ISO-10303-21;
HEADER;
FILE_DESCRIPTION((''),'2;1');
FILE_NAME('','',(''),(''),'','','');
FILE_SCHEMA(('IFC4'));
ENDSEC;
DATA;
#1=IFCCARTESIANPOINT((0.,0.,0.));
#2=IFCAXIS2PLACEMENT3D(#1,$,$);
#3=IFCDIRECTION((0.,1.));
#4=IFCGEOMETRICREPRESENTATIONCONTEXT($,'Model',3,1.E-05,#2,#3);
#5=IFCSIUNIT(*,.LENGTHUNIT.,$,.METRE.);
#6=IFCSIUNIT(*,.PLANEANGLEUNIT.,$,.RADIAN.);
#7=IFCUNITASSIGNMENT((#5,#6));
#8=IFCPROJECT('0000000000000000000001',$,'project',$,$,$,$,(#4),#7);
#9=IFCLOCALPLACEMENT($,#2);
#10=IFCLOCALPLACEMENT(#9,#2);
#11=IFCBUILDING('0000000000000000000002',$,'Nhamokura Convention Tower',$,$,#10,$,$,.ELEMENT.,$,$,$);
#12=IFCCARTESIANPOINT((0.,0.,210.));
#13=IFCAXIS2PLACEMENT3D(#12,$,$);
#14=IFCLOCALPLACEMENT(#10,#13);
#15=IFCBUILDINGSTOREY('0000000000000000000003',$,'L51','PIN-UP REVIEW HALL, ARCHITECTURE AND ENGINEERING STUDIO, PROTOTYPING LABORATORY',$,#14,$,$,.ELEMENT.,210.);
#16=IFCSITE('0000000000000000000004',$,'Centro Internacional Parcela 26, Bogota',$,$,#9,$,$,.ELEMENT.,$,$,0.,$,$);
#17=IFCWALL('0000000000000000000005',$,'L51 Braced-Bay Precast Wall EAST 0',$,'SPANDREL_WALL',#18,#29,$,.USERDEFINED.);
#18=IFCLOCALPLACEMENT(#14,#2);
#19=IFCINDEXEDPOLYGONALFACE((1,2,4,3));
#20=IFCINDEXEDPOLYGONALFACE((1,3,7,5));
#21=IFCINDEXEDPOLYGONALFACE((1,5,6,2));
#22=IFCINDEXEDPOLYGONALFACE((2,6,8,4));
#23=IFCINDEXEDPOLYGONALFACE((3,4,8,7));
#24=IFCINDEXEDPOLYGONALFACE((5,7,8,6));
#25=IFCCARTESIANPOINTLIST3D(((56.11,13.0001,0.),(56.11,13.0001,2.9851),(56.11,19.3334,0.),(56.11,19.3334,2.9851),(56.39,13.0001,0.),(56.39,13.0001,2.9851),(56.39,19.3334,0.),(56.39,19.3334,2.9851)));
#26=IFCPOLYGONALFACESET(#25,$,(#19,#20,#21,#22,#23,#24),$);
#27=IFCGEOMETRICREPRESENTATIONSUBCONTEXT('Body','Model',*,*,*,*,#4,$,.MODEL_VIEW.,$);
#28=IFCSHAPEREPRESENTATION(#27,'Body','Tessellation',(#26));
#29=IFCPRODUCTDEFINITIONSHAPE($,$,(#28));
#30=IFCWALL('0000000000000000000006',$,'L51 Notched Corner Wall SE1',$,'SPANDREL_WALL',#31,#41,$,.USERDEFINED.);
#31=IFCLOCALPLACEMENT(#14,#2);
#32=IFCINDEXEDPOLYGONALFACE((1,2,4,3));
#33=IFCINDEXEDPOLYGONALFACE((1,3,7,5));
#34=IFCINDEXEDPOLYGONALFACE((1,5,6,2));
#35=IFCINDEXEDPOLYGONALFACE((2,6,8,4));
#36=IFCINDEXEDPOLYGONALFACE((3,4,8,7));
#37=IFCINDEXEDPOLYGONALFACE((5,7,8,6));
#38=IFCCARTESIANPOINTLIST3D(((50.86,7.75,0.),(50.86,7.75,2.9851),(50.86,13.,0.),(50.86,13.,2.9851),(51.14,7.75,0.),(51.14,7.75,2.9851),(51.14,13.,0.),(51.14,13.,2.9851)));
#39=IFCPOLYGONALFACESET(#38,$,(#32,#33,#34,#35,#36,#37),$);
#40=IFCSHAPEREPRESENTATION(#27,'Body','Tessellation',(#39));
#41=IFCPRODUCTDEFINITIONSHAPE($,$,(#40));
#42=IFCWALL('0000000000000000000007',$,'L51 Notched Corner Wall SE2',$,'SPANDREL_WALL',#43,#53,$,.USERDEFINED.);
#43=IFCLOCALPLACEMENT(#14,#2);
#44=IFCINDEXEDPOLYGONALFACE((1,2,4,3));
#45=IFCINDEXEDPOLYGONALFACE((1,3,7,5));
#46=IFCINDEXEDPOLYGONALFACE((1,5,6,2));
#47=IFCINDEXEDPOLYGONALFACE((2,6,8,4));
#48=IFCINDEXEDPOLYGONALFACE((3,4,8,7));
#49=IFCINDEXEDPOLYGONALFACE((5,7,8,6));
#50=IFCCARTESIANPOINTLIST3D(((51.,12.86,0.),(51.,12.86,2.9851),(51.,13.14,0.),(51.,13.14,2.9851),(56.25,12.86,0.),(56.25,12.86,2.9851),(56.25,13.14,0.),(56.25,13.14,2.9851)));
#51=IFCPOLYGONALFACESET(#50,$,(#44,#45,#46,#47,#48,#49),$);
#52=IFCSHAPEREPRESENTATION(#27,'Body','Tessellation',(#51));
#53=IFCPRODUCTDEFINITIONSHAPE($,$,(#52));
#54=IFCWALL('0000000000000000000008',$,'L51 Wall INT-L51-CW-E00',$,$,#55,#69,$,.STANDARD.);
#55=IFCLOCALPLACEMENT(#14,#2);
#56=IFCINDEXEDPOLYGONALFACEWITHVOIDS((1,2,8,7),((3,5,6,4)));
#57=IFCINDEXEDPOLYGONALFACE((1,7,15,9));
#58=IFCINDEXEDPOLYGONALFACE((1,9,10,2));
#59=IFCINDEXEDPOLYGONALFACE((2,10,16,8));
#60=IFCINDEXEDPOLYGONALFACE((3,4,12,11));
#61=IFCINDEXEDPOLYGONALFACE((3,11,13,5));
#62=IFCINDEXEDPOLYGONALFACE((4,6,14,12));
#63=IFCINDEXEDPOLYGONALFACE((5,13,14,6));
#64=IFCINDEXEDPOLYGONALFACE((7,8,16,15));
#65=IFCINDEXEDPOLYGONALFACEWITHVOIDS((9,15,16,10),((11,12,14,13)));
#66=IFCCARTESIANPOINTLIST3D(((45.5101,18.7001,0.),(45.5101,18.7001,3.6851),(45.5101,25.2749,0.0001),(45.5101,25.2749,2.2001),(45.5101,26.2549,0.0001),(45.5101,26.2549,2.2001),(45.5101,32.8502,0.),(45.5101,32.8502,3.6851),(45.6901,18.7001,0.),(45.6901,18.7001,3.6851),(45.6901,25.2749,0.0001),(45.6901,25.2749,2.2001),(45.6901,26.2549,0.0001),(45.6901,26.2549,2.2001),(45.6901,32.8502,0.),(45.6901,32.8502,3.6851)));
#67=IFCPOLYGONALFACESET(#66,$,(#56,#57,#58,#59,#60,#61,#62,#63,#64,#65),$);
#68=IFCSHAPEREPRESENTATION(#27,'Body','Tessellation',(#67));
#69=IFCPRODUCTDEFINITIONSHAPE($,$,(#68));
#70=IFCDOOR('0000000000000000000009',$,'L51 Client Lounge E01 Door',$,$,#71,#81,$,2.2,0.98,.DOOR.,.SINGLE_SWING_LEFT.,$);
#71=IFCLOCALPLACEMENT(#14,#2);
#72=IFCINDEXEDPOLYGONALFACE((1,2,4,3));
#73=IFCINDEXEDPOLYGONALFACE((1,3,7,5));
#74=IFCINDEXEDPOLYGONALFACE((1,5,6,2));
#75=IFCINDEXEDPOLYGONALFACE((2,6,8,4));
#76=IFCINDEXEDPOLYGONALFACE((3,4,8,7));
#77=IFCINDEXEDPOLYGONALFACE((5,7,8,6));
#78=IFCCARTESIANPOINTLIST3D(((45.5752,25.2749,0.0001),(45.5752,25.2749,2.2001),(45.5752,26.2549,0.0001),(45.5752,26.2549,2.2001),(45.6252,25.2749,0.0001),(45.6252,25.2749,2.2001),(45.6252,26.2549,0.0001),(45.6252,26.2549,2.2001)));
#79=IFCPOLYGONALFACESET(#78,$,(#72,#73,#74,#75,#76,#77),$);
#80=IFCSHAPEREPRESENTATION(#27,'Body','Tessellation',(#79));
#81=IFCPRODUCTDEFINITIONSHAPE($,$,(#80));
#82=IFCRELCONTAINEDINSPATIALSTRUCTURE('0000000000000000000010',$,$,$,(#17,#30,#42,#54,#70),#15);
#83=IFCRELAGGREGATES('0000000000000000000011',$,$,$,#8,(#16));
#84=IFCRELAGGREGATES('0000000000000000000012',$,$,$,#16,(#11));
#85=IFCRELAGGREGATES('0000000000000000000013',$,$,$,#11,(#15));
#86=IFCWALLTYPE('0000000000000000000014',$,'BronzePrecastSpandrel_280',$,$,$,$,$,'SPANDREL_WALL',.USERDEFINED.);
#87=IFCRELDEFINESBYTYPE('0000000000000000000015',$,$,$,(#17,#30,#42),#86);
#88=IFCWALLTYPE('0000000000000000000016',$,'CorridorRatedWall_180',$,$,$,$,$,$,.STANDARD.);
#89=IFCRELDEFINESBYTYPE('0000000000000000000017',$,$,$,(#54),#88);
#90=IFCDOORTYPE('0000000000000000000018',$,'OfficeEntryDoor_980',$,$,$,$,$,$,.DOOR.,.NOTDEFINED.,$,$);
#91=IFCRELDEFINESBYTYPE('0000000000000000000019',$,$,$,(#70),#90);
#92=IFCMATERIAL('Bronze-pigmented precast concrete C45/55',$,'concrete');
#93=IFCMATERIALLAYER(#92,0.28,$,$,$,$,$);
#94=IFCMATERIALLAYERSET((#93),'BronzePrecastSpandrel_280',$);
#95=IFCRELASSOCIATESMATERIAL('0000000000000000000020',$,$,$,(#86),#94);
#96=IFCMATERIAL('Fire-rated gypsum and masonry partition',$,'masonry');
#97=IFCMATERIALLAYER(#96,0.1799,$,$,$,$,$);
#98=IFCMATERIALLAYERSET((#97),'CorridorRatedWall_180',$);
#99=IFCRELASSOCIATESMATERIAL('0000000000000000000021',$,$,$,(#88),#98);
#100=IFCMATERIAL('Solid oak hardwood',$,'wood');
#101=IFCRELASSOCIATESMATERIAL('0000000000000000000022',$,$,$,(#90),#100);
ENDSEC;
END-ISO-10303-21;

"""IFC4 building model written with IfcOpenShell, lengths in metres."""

from ifc_helpers import new_model, si_unit, direction, frame, frame_2d, origin, place, context, subcontext, project, spatial, rectangle, extrude, material, layer, layer_set, type_object, element, fill, save


model = new_model("IFC4")

# Units and contexts
model_context = context("Model", 3, precision=1e-05, world=origin(), true_north=direction((0.0, 1.0)))
body_context = subcontext(model_context, "Body", "Model", "MODEL_VIEW")
ifc_project = project(units=[si_unit("LENGTHUNIT", "METRE"), si_unit("PLANEANGLEUNIT", "RADIAN")], contexts=[model_context])

# Site, building, storey
site_placement = place(None, origin())
site = spatial("IfcSite", under=ifc_project, at=site_placement, Name="Centro Internacional Parcela 26, Bogota", CompositionType="ELEMENT", RefElevation=0.0)
building_placement = place(site_placement, origin())
building = spatial("IfcBuilding", under=site, at=building_placement, Name="Nhamokura Convention Tower", CompositionType="ELEMENT")
storey_placement = place(building_placement, frame((0.0, 0.0, 210.0)))
storey = spatial("IfcBuildingStorey", under=building, at=storey_placement, Name="L51", Description="PIN-UP REVIEW HALL, ARCHITECTURE AND ENGINEERING STUDIO, PROTOTYPING LABORATORY", CompositionType="ELEMENT", Elevation=210.0)

# Walls
ifc_material_1 = material(Name="Bronze-pigmented precast concrete C45/55", Category="concrete")
ifc_layer_1 = layer(ifc_material_1, 0.28)
ifc_layer_set_1 = layer_set([ifc_layer_1], Name="BronzePrecastSpandrel_280")
wall_type_1 = type_object("IfcWallType", Name="BronzePrecastSpandrel_280", ElementType="SPANDREL_WALL", PredefinedType="USERDEFINED", material=ifc_layer_set_1)
for number, where, z_axis, x_axis, name in (
    (1, (56.25, 19.3333, 0.0), (0.0, 0.0, 1.0), (0.0, -1.0, 0.0), "L51 Braced-Bay Precast Wall EAST 0"),
):
    element("IfcWall", number, at=place(storey_placement, frame(where, z_axis=z_axis, x_axis=x_axis)), inside=storey, type_object=wall_type_1, Name=name, ObjectType="SPANDREL_WALL", PredefinedType="USERDEFINED", context=body_context, shape_type="SweptSolid", body=[
        extrude(rectangle(XDim=6.3333, YDim=0.28, at=frame_2d((3.1665, 0.0))), origin(), (0.0, 0.0, 1.0), 2.9851),
    ])
for number, where, z_axis, x_axis, name in (
    (2, (51.0, 13.0, 0.0), (0.0, 0.0, 1.0), (0.0, -1.0, 0.0), "L51 Notched Corner Wall SE1"),
    (3, (56.25, 13.0, 0.0), (0.0, 0.0, 1.0), (-1.0, 0.0, 0.0), "L51 Notched Corner Wall SE2"),
):
    element("IfcWall", number, at=place(storey_placement, frame(where, z_axis=z_axis, x_axis=x_axis)), inside=storey, type_object=wall_type_1, Name=name, ObjectType="SPANDREL_WALL", PredefinedType="USERDEFINED", context=body_context, shape_type="SweptSolid", body=[
        extrude(rectangle(XDim=5.25, YDim=0.28, at=frame_2d((2.625, 0.0))), origin(), (0.0, 0.0, 1.0), 2.9851),
    ])

# Wall, opening, door
ifc_material_2 = material(Name="Fire-rated gypsum and masonry partition", Category="masonry")
ifc_layer_2 = layer(ifc_material_2, 0.1799)
ifc_layer_set_2 = layer_set([ifc_layer_2], Name="CorridorRatedWall_180")
wall_type_2 = type_object("IfcWallType", Name="CorridorRatedWall_180", PredefinedType="STANDARD", material=ifc_layer_set_2)
wall_1_placement = place(storey_placement, frame((45.6001, 18.7, 0.0), z_axis=(0.0, 0.0, 1.0), x_axis=(0.0, 1.0, 0.0)))
wall_1 = element("IfcWall", 4, at=wall_1_placement, inside=storey, type_object=wall_type_2, Name="L51 Wall INT-L51-CW-E00", PredefinedType="STANDARD", context=body_context, shape_type="SweptSolid", body=[
    extrude(rectangle(XDim=14.1501, YDim=0.1799, at=frame_2d((7.0752, 0.0))), origin(), (0.0, 0.0, 1.0), 3.6851),
])
opening_placement = place(wall_1_placement, frame((6.575, 0.0, 0.0)))
opening = element("IfcOpeningElement", 5, at=opening_placement, cuts=wall_1, PredefinedType="OPENING", context=body_context, shape_type="SweptSolid", body=[
    extrude(rectangle(XDim=0.98, YDim=2.2, at=frame_2d((0.49, 1.1001))), frame((0.0, 0.0999, 0.0), z_axis=(0.0, -1.0, 0.0), x_axis=(1.0, 0.0, 0.0)), (0.0, 0.0, 1.0), 0.2),
])
ifc_material_3 = material(Name="Solid oak hardwood", Category="wood")
door_type = type_object("IfcDoorType", Name="OfficeEntryDoor_980", OperationType="NOTDEFINED", PredefinedType="DOOR", material=ifc_material_3)
door_placement = place(opening_placement, origin())
door = element("IfcDoor", 6, at=door_placement, inside=storey, type_object=door_type, Name="L51 Client Lounge E01 Door", OperationType="SINGLE_SWING_LEFT", OverallHeight=2.2, OverallWidth=0.98, PredefinedType="DOOR", context=body_context, shape_type="SweptSolid", body=[
    extrude(rectangle(XDim=0.98, YDim=2.2, at=frame_2d((0.49, 1.1001))), frame((0.0, 0.0249, 0.0), z_axis=(0.0, -1.0, 0.0), x_axis=(1.0, 0.0, 0.0)), (0.0, 0.0, 1.0), 0.05),
])
fill(opening, door)

save(model, "model.ifc")
